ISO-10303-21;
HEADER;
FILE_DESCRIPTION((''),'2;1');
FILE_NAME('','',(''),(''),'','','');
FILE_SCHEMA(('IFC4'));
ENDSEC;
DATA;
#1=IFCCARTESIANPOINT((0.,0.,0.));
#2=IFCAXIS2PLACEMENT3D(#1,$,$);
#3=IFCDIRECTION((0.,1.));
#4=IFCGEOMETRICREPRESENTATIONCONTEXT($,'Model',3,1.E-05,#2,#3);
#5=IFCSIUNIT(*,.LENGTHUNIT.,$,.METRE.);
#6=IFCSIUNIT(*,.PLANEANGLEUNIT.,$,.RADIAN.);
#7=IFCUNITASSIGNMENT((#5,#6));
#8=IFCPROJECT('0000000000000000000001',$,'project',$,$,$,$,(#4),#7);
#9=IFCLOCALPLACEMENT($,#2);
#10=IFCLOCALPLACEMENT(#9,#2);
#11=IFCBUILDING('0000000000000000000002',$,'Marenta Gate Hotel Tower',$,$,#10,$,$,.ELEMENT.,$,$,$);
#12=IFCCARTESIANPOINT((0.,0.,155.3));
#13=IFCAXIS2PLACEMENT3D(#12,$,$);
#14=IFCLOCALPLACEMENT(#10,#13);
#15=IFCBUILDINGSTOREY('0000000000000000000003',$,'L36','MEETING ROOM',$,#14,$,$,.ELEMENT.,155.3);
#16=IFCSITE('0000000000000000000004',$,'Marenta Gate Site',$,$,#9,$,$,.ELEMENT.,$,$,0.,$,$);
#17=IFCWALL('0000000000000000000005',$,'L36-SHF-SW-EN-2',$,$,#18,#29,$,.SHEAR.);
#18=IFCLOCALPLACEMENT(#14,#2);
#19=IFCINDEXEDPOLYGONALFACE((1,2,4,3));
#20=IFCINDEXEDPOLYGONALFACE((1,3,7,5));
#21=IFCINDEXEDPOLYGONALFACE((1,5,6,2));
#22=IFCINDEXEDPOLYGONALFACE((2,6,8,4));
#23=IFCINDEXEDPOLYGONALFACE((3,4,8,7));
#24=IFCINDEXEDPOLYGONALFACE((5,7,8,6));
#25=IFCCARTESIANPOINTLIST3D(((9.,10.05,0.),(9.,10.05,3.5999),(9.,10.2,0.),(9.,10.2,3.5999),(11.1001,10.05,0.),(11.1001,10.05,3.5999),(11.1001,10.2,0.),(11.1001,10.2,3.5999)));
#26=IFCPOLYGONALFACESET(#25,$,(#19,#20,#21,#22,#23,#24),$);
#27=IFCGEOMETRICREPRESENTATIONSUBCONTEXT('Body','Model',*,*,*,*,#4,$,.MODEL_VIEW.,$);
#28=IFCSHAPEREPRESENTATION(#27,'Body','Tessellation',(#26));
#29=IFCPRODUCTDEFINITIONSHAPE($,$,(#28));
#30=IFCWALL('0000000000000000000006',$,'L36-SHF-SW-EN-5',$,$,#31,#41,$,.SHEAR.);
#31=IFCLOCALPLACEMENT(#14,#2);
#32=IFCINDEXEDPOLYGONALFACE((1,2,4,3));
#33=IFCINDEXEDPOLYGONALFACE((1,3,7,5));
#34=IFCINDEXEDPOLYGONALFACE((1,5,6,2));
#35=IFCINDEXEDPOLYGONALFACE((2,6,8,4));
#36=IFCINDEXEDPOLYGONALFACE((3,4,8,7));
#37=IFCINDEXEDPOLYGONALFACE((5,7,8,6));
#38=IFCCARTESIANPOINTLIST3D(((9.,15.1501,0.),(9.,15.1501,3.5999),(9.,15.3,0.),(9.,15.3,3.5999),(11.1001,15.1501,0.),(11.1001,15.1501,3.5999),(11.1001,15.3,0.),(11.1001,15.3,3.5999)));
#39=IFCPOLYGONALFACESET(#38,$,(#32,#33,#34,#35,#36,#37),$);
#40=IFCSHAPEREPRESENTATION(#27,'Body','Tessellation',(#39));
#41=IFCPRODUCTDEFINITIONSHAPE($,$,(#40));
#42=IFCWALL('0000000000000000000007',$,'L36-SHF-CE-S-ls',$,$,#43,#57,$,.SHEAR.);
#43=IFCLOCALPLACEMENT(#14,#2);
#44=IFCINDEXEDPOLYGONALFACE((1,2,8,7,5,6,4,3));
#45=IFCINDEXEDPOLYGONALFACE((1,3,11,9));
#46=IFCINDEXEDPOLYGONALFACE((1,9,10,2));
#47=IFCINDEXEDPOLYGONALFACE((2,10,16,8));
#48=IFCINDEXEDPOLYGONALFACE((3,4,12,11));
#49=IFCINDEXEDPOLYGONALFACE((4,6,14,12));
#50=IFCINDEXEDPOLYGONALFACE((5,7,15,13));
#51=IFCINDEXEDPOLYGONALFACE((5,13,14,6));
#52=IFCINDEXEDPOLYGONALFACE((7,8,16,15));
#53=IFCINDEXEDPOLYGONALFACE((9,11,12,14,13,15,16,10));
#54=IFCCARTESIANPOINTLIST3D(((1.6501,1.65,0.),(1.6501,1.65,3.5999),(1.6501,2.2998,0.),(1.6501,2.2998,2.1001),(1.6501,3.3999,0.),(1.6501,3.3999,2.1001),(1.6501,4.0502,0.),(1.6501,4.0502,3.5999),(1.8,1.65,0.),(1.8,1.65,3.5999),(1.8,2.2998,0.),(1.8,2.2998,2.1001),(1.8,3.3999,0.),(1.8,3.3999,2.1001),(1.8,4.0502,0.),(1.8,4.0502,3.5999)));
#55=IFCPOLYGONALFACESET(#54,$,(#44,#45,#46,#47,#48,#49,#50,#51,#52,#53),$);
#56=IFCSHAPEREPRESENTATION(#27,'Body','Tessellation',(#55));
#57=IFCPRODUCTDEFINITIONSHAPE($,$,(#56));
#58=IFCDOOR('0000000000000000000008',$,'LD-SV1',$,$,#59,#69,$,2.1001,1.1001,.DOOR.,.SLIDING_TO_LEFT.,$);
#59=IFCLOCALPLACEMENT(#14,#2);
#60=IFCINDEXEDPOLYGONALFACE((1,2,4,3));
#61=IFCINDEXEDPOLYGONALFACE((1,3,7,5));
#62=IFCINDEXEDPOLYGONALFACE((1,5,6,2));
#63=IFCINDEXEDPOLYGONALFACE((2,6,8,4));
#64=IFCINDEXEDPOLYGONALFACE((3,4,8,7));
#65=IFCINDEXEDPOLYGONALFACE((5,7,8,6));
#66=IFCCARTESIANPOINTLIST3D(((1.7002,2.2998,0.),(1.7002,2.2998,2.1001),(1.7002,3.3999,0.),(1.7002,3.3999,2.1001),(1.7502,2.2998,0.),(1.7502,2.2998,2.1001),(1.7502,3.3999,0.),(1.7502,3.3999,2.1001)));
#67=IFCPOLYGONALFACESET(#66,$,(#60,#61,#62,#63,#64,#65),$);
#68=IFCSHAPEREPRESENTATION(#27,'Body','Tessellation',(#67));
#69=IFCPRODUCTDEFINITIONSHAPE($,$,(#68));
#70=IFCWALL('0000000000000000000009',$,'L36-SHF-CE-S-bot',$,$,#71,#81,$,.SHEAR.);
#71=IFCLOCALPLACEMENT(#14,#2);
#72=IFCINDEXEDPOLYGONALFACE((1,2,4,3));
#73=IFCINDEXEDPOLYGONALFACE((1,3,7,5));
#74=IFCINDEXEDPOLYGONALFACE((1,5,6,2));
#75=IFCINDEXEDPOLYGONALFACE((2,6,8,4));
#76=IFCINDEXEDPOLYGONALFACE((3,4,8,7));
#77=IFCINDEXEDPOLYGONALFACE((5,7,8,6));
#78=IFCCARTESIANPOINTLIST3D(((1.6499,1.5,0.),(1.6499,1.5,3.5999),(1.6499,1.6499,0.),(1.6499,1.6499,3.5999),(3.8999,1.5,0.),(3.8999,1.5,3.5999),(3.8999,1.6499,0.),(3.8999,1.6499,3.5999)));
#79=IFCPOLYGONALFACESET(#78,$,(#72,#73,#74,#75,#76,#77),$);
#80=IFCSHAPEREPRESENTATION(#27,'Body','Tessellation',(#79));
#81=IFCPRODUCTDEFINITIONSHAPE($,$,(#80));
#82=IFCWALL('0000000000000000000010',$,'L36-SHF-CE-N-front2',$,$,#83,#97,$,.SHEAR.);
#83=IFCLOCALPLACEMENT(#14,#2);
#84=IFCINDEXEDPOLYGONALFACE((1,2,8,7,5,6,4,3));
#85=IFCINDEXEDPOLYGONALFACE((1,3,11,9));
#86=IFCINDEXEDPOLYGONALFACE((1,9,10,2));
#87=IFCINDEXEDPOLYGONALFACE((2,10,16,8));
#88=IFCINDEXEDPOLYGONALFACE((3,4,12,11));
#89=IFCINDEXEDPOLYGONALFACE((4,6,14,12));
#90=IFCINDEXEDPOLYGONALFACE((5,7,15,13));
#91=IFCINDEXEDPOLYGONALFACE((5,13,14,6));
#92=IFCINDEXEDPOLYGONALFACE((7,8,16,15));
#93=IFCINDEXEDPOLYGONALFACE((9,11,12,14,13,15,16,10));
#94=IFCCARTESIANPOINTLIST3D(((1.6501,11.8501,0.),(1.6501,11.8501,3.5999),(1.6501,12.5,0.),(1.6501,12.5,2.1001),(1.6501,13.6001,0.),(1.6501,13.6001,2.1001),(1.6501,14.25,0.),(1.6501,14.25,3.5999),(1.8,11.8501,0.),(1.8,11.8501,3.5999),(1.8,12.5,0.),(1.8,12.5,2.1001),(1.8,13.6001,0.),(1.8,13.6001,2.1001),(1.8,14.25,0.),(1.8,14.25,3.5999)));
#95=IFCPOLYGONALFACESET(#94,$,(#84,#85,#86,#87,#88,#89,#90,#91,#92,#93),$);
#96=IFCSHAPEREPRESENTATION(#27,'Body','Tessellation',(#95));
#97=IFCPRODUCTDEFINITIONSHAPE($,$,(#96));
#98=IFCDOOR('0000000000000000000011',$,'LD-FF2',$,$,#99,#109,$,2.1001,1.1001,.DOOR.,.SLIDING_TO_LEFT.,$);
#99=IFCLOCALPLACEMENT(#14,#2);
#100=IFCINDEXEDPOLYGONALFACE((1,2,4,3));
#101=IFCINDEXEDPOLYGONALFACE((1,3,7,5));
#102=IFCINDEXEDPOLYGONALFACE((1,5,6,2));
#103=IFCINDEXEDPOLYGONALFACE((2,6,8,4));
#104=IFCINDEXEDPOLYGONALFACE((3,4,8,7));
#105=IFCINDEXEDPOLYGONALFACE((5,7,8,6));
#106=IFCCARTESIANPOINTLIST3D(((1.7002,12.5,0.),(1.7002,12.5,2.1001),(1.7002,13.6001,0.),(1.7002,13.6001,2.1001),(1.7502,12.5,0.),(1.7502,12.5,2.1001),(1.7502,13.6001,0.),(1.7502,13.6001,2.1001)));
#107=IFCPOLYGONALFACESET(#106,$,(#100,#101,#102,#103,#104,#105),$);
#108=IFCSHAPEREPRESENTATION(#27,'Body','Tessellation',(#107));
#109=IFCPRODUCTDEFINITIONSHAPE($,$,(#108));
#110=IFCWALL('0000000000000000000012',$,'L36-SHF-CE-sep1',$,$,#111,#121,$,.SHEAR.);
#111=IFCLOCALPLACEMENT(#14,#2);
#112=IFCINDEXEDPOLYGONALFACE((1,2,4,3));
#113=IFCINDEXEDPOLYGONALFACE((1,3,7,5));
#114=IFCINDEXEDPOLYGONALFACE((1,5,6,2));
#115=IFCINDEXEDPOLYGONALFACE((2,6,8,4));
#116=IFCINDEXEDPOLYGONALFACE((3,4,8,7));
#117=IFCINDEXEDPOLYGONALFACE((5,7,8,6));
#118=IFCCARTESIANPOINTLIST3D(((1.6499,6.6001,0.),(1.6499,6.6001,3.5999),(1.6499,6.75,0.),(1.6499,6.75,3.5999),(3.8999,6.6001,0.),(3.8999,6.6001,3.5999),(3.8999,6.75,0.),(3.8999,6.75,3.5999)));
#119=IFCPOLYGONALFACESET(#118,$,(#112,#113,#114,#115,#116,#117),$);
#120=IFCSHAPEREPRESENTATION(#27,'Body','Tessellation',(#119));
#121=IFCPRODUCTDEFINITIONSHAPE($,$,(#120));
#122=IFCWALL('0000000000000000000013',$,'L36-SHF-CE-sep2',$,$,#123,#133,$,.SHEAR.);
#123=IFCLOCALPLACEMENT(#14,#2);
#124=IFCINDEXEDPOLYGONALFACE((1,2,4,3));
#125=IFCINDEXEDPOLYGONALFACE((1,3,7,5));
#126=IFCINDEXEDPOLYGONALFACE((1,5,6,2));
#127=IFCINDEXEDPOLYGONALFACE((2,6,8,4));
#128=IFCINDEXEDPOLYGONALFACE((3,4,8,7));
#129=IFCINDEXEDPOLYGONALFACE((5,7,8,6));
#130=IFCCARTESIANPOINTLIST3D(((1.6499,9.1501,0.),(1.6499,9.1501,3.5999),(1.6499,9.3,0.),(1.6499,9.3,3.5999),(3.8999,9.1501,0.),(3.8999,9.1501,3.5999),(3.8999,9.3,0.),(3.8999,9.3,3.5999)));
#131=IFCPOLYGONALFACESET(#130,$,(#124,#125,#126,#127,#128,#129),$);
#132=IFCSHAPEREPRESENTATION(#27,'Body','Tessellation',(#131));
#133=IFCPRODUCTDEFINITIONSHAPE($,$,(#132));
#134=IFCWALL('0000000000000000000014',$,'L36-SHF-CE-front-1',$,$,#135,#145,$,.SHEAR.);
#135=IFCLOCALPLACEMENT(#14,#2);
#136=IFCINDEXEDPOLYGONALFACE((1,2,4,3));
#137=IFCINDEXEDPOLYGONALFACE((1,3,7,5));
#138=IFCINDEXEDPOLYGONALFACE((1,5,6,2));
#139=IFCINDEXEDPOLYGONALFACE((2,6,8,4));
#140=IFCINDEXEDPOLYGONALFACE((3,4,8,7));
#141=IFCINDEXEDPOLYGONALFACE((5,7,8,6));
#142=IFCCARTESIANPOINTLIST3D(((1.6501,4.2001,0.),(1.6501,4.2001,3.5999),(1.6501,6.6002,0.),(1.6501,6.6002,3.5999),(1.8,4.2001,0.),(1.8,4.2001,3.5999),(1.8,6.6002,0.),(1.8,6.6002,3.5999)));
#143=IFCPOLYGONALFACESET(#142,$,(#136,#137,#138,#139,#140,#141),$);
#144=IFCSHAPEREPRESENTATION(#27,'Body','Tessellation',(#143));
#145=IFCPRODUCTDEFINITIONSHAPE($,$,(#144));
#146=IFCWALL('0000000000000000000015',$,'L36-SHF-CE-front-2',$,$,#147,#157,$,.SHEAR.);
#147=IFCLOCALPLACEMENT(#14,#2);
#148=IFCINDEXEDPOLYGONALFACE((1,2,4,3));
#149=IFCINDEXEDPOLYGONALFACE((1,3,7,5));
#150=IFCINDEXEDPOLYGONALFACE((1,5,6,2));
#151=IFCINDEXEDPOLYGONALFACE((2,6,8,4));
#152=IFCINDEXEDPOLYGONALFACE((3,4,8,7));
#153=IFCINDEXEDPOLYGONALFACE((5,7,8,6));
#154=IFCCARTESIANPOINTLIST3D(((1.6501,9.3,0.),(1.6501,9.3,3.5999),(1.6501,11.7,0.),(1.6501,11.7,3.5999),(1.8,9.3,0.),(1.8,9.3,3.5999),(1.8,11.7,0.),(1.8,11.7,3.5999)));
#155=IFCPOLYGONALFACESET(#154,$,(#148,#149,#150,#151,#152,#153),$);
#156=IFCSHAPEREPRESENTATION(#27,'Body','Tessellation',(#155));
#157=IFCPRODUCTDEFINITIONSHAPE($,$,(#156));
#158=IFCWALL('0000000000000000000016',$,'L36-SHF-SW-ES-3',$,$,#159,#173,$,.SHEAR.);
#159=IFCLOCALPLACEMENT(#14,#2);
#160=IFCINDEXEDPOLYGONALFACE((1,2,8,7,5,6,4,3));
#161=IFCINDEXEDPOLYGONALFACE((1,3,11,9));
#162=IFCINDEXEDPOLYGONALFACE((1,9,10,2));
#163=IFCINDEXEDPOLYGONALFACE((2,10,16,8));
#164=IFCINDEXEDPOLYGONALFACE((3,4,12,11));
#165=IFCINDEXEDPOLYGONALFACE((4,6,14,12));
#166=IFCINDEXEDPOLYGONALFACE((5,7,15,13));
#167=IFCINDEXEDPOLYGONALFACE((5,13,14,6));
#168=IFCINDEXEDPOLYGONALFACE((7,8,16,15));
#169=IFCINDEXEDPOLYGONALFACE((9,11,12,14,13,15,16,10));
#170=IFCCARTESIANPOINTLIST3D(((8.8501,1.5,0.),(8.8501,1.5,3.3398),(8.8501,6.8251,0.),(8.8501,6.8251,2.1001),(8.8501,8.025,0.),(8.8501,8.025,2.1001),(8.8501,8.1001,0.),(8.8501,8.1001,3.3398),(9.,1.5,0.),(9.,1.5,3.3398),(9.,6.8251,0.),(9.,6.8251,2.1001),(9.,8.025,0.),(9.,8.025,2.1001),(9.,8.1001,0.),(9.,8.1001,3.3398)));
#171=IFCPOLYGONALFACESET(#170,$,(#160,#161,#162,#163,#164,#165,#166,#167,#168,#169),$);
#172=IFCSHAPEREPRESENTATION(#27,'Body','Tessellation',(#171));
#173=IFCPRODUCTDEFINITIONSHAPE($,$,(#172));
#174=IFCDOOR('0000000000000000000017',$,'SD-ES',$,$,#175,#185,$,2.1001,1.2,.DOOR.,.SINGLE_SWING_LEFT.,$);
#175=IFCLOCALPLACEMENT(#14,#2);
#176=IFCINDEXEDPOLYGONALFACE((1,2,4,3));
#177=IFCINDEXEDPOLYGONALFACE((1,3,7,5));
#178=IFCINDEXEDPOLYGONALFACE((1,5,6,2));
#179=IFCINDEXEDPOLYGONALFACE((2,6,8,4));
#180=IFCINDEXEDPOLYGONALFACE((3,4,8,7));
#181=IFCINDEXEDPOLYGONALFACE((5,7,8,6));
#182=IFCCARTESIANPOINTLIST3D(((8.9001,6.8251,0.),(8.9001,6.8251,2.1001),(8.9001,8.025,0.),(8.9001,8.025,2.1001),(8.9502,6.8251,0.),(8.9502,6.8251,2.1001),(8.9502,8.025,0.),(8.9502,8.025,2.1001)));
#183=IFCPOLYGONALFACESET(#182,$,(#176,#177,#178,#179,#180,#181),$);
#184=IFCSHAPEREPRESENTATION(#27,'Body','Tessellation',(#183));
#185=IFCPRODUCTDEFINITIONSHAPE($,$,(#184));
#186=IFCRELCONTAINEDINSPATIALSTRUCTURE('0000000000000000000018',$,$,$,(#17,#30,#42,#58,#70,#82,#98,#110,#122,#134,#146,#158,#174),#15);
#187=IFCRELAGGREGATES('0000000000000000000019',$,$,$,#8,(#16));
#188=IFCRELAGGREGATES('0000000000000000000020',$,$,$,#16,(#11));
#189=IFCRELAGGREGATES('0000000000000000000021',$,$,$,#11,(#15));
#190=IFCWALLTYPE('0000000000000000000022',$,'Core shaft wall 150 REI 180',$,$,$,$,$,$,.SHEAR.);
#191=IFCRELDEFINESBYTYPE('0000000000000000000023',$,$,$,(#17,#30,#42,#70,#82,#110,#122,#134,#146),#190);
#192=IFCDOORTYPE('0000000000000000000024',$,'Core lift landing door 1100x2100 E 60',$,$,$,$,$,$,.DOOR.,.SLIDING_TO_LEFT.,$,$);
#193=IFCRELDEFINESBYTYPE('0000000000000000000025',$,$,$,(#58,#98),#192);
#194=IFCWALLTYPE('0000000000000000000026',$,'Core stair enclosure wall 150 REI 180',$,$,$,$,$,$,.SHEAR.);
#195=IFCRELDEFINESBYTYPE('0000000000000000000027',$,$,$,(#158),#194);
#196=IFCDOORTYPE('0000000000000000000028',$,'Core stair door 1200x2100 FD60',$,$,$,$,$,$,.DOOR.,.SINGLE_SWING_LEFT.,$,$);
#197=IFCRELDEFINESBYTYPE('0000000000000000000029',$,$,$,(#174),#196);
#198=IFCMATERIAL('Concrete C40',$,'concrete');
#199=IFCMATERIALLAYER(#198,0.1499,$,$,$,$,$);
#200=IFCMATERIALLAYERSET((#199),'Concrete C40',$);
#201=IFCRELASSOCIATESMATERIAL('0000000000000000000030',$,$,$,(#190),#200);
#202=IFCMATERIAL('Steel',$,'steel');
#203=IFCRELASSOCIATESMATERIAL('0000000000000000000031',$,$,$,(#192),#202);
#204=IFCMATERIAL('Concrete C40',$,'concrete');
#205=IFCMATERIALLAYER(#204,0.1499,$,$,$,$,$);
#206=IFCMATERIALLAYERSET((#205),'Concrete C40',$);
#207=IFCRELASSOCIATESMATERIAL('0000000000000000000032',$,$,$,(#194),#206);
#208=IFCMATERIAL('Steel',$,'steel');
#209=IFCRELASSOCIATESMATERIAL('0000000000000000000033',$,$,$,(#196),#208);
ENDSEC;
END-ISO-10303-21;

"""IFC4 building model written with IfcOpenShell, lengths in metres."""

from ifc_helpers import new_model, si_unit, direction, frame, frame_2d, origin, place, context, subcontext, project, spatial, rectangle, extrude, material, layer, layer_set, type_object, element, fill, save


model = new_model("IFC4")

# Units and contexts
model_context = context("Model", 3, precision=1e-05, world=origin(), true_north=direction((0.0, 1.0)))
body_context = subcontext(model_context, "Body", "Model", "MODEL_VIEW")
ifc_project = project(units=[si_unit("LENGTHUNIT", "METRE"), si_unit("PLANEANGLEUNIT", "RADIAN")], contexts=[model_context])

# Site, building, storey
site_placement = place(None, origin())
site = spatial("IfcSite", under=ifc_project, at=site_placement, Name="Marenta Gate Site", CompositionType="ELEMENT", RefElevation=0.0)
building_placement = place(site_placement, origin())
building = spatial("IfcBuilding", under=site, at=building_placement, Name="Marenta Gate Hotel Tower", CompositionType="ELEMENT")
storey_placement = place(building_placement, frame((0.0, 0.0, 155.3)))
storey = spatial("IfcBuildingStorey", under=building, at=storey_placement, Name="L36", Description="MEETING ROOM", CompositionType="ELEMENT", Elevation=155.3)

# Walls
ifc_material_1 = material(Name="Concrete C40", Category="concrete")
ifc_layer_1 = layer(ifc_material_1, 0.1499)
ifc_layer_set_1 = layer_set([ifc_layer_1], Name="Concrete C40")
wall_type_1 = type_object("IfcWallType", Name="Core shaft wall 150 REI 180", PredefinedType="SHEAR", material=ifc_layer_set_1)
for number, where, z_axis, x_axis, name in (
    (1, (9.0, 10.125, 0.0), (0.0, 0.0, 1.0), (1.0, 0.0, 0.0), "L36-SHF-SW-EN-2"),
    (2, (9.0, 15.2251, 0.0), (0.0, 0.0, 1.0), (1.0, 0.0, 0.0), "L36-SHF-SW-EN-5"),
):
    element("IfcWall", number, at=place(storey_placement, frame(where, z_axis=z_axis, x_axis=x_axis)), inside=storey, type_object=wall_type_1, Name=name, PredefinedType="SHEAR", context=body_context, shape_type="SweptSolid", body=[
        extrude(rectangle(XDim=2.1001, YDim=0.1499, at=frame_2d((1.05, 0.0))), origin(), (0.0, 0.0, 1.0), 3.5999),
    ])

# Wall, opening, door
wall_1_placement = place(storey_placement, frame((1.7251, 1.6499, 0.0), z_axis=(0.0, 0.0, 1.0), x_axis=(0.0, 1.0, 0.0)))
wall_1 = element("IfcWall", 3, at=wall_1_placement, inside=storey, type_object=wall_type_1, Name="L36-SHF-CE-S-ls", PredefinedType="SHEAR", context=body_context, shape_type="SweptSolid", body=[
    extrude(rectangle(XDim=2.4001, YDim=0.1499, at=frame_2d((1.2002, 0.0))), origin(), (0.0, 0.0, 1.0), 3.5999),
])
opening_1_placement = place(wall_1_placement, frame((0.6499, 0.0, 0.0)))
opening_1 = element("IfcOpeningElement", 4, at=opening_1_placement, cuts=wall_1, PredefinedType="OPENING", context=body_context, shape_type="SweptSolid", body=[
    extrude(rectangle(XDim=1.1001, YDim=2.1001, at=frame_2d((0.55, 1.05))), frame((0.0, 0.075, 0.0), z_axis=(0.0, -1.0, 0.0), x_axis=(1.0, 0.0, 0.0)), (0.0, 0.0, 1.0), 0.1499),
])
ifc_material_2 = material(Name="Steel", Category="steel")
door_type_1 = type_object("IfcDoorType", Name="Core lift landing door 1100x2100 E 60", OperationType="SLIDING_TO_LEFT", PredefinedType="DOOR", material=ifc_material_2)
door_1_placement = place(opening_1_placement, origin())
door_1 = element("IfcDoor", 5, at=door_1_placement, inside=storey, type_object=door_type_1, Name="LD-SV1", OperationType="SLIDING_TO_LEFT", OverallHeight=2.1001, OverallWidth=1.1001, PredefinedType="DOOR", context=body_context, shape_type="SweptSolid", body=[
    extrude(rectangle(XDim=1.1001, YDim=2.1001, at=frame_2d((0.55, 1.05))), frame((0.0, 0.0249, 0.0), z_axis=(0.0, -1.0, 0.0), x_axis=(1.0, 0.0, 0.0)), (0.0, 0.0, 1.0), 0.05),
])
fill(opening_1, door_1)

# Wall
wall_2_placement = place(storey_placement, frame((1.6499, 1.575, 0.0), z_axis=(0.0, 0.0, 1.0), x_axis=(1.0, 0.0, 0.0)))
element("IfcWall", 6, at=wall_2_placement, inside=storey, type_object=wall_type_1, Name="L36-SHF-CE-S-bot", PredefinedType="SHEAR", context=body_context, shape_type="SweptSolid", body=[
    extrude(rectangle(XDim=2.25, YDim=0.1499, at=frame_2d((1.125, 0.0))), origin(), (0.0, 0.0, 1.0), 3.5999),
])

# Wall, opening, door
wall_3_placement = place(storey_placement, frame((1.7251, 11.8501, 0.0), z_axis=(0.0, 0.0, 1.0), x_axis=(0.0, 1.0, 0.0)))
wall_3 = element("IfcWall", 7, at=wall_3_placement, inside=storey, type_object=wall_type_1, Name="L36-SHF-CE-N-front2", PredefinedType="SHEAR", context=body_context, shape_type="SweptSolid", body=[
    extrude(rectangle(XDim=2.3999, YDim=0.1499, at=frame_2d((1.2, 0.0))), origin(), (0.0, 0.0, 1.0), 3.5999),
])
opening_2_placement = place(wall_3_placement, frame((0.6499, 0.0, 0.0)))
opening_2 = element("IfcOpeningElement", 8, at=opening_2_placement, cuts=wall_3, PredefinedType="OPENING", context=body_context, shape_type="SweptSolid", body=[
    extrude(rectangle(XDim=1.1001, YDim=2.1001, at=frame_2d((0.55, 1.05))), frame((0.0, 0.075, 0.0), z_axis=(0.0, -1.0, 0.0), x_axis=(1.0, 0.0, 0.0)), (0.0, 0.0, 1.0), 0.1499),
])
door_2_placement = place(opening_2_placement, origin())
door_2 = element("IfcDoor", 9, at=door_2_placement, inside=storey, type_object=door_type_1, Name="LD-FF2", OperationType="SLIDING_TO_LEFT", OverallHeight=2.1001, OverallWidth=1.1001, PredefinedType="DOOR", context=body_context, shape_type="SweptSolid", body=[
    extrude(rectangle(XDim=1.1001, YDim=2.1001, at=frame_2d((0.55, 1.05))), frame((0.0, 0.0249, 0.0), z_axis=(0.0, -1.0, 0.0), x_axis=(1.0, 0.0, 0.0)), (0.0, 0.0, 1.0), 0.05),
])
fill(opening_2, door_2)

# Walls
for number, where, z_axis, x_axis, name in (
    (10, (1.6499, 6.675, 0.0), (0.0, 0.0, 1.0), (1.0, 0.0, 0.0), "L36-SHF-CE-sep1"),
    (11, (1.6499, 9.2251, 0.0), (0.0, 0.0, 1.0), (1.0, 0.0, 0.0), "L36-SHF-CE-sep2"),
):
    element("IfcWall", number, at=place(storey_placement, frame(where, z_axis=z_axis, x_axis=x_axis)), inside=storey, type_object=wall_type_1, Name=name, PredefinedType="SHEAR", context=body_context, shape_type="SweptSolid", body=[
        extrude(rectangle(XDim=2.25, YDim=0.1499, at=frame_2d((1.125, 0.0))), origin(), (0.0, 0.0, 1.0), 3.5999),
    ])
wall_4_placement = place(storey_placement, frame((1.7251, 4.2, 0.0), z_axis=(0.0, 0.0, 1.0), x_axis=(0.0, 1.0, 0.0)))
element("IfcWall", 12, at=wall_4_placement, inside=storey, type_object=wall_type_1, Name="L36-SHF-CE-front-1", PredefinedType="SHEAR", context=body_context, shape_type="SweptSolid", body=[
    extrude(rectangle(XDim=2.4001, YDim=0.1499, at=frame_2d((1.2002, 0.0))), origin(), (0.0, 0.0, 1.0), 3.5999),
])
wall_5_placement = place(storey_placement, frame((1.7251, 9.3, 0.0), z_axis=(0.0, 0.0, 1.0), x_axis=(0.0, 1.0, 0.0)))
element("IfcWall", 13, at=wall_5_placement, inside=storey, type_object=wall_type_1, Name="L36-SHF-CE-front-2", PredefinedType="SHEAR", context=body_context, shape_type="SweptSolid", body=[
    extrude(rectangle(XDim=2.3999, YDim=0.1499, at=frame_2d((1.2, 0.0))), origin(), (0.0, 0.0, 1.0), 3.5999),
])

# Wall, opening, door
ifc_material_3 = material(Name="Concrete C40", Category="concrete")
ifc_layer_2 = layer(ifc_material_3, 0.1499)
ifc_layer_set_2 = layer_set([ifc_layer_2], Name="Concrete C40")
wall_type_2 = type_object("IfcWallType", Name="Core stair enclosure wall 150 REI 180", PredefinedType="SHEAR", material=ifc_layer_set_2)
wall_6_placement = place(storey_placement, frame((8.925, 1.5, 0.0), z_axis=(0.0, 0.0, 1.0), x_axis=(0.0, 1.0, 0.0)))
wall_6 = element("IfcWall", 14, at=wall_6_placement, inside=storey, type_object=wall_type_2, Name="L36-SHF-SW-ES-3", PredefinedType="SHEAR", context=body_context, shape_type="SweptSolid", body=[
    extrude(rectangle(XDim=6.6001, YDim=0.1499, at=frame_2d((3.3, 0.0))), origin(), (0.0, 0.0, 1.0), 3.3398),
])
opening_3_placement = place(wall_6_placement, frame((5.325, 0.0, 0.0)))
opening_3 = element("IfcOpeningElement", 15, at=opening_3_placement, cuts=wall_6, PredefinedType="OPENING", context=body_context, shape_type="SweptSolid", body=[
    extrude(rectangle(XDim=1.2, YDim=2.1001, at=frame_2d((0.6001, 1.05))), frame((0.0, 0.075, 0.0), z_axis=(0.0, -1.0, 0.0), x_axis=(1.0, 0.0, 0.0)), (0.0, 0.0, 1.0), 0.1499),
])
ifc_material_4 = material(Name="Steel", Category="steel")
door_type_2 = type_object("IfcDoorType", Name="Core stair door 1200x2100 FD60", OperationType="SINGLE_SWING_LEFT", PredefinedType="DOOR", material=ifc_material_4)
door_3_placement = place(opening_3_placement, origin())
door_3 = element("IfcDoor", 16, at=door_3_placement, inside=storey, type_object=door_type_2, Name="SD-ES", OperationType="SINGLE_SWING_LEFT", OverallHeight=2.1001, OverallWidth=1.2, PredefinedType="DOOR", context=body_context, shape_type="SweptSolid", body=[
    extrude(rectangle(XDim=1.2, YDim=2.1001, at=frame_2d((0.6001, 1.05))), frame((0.0, 0.0249, 0.0), z_axis=(0.0, -1.0, 0.0), x_axis=(1.0, 0.0, 0.0)), (0.0, 0.0, 1.0), 0.05),
])
fill(opening_3, door_3)

save(model, "model.ifc")
